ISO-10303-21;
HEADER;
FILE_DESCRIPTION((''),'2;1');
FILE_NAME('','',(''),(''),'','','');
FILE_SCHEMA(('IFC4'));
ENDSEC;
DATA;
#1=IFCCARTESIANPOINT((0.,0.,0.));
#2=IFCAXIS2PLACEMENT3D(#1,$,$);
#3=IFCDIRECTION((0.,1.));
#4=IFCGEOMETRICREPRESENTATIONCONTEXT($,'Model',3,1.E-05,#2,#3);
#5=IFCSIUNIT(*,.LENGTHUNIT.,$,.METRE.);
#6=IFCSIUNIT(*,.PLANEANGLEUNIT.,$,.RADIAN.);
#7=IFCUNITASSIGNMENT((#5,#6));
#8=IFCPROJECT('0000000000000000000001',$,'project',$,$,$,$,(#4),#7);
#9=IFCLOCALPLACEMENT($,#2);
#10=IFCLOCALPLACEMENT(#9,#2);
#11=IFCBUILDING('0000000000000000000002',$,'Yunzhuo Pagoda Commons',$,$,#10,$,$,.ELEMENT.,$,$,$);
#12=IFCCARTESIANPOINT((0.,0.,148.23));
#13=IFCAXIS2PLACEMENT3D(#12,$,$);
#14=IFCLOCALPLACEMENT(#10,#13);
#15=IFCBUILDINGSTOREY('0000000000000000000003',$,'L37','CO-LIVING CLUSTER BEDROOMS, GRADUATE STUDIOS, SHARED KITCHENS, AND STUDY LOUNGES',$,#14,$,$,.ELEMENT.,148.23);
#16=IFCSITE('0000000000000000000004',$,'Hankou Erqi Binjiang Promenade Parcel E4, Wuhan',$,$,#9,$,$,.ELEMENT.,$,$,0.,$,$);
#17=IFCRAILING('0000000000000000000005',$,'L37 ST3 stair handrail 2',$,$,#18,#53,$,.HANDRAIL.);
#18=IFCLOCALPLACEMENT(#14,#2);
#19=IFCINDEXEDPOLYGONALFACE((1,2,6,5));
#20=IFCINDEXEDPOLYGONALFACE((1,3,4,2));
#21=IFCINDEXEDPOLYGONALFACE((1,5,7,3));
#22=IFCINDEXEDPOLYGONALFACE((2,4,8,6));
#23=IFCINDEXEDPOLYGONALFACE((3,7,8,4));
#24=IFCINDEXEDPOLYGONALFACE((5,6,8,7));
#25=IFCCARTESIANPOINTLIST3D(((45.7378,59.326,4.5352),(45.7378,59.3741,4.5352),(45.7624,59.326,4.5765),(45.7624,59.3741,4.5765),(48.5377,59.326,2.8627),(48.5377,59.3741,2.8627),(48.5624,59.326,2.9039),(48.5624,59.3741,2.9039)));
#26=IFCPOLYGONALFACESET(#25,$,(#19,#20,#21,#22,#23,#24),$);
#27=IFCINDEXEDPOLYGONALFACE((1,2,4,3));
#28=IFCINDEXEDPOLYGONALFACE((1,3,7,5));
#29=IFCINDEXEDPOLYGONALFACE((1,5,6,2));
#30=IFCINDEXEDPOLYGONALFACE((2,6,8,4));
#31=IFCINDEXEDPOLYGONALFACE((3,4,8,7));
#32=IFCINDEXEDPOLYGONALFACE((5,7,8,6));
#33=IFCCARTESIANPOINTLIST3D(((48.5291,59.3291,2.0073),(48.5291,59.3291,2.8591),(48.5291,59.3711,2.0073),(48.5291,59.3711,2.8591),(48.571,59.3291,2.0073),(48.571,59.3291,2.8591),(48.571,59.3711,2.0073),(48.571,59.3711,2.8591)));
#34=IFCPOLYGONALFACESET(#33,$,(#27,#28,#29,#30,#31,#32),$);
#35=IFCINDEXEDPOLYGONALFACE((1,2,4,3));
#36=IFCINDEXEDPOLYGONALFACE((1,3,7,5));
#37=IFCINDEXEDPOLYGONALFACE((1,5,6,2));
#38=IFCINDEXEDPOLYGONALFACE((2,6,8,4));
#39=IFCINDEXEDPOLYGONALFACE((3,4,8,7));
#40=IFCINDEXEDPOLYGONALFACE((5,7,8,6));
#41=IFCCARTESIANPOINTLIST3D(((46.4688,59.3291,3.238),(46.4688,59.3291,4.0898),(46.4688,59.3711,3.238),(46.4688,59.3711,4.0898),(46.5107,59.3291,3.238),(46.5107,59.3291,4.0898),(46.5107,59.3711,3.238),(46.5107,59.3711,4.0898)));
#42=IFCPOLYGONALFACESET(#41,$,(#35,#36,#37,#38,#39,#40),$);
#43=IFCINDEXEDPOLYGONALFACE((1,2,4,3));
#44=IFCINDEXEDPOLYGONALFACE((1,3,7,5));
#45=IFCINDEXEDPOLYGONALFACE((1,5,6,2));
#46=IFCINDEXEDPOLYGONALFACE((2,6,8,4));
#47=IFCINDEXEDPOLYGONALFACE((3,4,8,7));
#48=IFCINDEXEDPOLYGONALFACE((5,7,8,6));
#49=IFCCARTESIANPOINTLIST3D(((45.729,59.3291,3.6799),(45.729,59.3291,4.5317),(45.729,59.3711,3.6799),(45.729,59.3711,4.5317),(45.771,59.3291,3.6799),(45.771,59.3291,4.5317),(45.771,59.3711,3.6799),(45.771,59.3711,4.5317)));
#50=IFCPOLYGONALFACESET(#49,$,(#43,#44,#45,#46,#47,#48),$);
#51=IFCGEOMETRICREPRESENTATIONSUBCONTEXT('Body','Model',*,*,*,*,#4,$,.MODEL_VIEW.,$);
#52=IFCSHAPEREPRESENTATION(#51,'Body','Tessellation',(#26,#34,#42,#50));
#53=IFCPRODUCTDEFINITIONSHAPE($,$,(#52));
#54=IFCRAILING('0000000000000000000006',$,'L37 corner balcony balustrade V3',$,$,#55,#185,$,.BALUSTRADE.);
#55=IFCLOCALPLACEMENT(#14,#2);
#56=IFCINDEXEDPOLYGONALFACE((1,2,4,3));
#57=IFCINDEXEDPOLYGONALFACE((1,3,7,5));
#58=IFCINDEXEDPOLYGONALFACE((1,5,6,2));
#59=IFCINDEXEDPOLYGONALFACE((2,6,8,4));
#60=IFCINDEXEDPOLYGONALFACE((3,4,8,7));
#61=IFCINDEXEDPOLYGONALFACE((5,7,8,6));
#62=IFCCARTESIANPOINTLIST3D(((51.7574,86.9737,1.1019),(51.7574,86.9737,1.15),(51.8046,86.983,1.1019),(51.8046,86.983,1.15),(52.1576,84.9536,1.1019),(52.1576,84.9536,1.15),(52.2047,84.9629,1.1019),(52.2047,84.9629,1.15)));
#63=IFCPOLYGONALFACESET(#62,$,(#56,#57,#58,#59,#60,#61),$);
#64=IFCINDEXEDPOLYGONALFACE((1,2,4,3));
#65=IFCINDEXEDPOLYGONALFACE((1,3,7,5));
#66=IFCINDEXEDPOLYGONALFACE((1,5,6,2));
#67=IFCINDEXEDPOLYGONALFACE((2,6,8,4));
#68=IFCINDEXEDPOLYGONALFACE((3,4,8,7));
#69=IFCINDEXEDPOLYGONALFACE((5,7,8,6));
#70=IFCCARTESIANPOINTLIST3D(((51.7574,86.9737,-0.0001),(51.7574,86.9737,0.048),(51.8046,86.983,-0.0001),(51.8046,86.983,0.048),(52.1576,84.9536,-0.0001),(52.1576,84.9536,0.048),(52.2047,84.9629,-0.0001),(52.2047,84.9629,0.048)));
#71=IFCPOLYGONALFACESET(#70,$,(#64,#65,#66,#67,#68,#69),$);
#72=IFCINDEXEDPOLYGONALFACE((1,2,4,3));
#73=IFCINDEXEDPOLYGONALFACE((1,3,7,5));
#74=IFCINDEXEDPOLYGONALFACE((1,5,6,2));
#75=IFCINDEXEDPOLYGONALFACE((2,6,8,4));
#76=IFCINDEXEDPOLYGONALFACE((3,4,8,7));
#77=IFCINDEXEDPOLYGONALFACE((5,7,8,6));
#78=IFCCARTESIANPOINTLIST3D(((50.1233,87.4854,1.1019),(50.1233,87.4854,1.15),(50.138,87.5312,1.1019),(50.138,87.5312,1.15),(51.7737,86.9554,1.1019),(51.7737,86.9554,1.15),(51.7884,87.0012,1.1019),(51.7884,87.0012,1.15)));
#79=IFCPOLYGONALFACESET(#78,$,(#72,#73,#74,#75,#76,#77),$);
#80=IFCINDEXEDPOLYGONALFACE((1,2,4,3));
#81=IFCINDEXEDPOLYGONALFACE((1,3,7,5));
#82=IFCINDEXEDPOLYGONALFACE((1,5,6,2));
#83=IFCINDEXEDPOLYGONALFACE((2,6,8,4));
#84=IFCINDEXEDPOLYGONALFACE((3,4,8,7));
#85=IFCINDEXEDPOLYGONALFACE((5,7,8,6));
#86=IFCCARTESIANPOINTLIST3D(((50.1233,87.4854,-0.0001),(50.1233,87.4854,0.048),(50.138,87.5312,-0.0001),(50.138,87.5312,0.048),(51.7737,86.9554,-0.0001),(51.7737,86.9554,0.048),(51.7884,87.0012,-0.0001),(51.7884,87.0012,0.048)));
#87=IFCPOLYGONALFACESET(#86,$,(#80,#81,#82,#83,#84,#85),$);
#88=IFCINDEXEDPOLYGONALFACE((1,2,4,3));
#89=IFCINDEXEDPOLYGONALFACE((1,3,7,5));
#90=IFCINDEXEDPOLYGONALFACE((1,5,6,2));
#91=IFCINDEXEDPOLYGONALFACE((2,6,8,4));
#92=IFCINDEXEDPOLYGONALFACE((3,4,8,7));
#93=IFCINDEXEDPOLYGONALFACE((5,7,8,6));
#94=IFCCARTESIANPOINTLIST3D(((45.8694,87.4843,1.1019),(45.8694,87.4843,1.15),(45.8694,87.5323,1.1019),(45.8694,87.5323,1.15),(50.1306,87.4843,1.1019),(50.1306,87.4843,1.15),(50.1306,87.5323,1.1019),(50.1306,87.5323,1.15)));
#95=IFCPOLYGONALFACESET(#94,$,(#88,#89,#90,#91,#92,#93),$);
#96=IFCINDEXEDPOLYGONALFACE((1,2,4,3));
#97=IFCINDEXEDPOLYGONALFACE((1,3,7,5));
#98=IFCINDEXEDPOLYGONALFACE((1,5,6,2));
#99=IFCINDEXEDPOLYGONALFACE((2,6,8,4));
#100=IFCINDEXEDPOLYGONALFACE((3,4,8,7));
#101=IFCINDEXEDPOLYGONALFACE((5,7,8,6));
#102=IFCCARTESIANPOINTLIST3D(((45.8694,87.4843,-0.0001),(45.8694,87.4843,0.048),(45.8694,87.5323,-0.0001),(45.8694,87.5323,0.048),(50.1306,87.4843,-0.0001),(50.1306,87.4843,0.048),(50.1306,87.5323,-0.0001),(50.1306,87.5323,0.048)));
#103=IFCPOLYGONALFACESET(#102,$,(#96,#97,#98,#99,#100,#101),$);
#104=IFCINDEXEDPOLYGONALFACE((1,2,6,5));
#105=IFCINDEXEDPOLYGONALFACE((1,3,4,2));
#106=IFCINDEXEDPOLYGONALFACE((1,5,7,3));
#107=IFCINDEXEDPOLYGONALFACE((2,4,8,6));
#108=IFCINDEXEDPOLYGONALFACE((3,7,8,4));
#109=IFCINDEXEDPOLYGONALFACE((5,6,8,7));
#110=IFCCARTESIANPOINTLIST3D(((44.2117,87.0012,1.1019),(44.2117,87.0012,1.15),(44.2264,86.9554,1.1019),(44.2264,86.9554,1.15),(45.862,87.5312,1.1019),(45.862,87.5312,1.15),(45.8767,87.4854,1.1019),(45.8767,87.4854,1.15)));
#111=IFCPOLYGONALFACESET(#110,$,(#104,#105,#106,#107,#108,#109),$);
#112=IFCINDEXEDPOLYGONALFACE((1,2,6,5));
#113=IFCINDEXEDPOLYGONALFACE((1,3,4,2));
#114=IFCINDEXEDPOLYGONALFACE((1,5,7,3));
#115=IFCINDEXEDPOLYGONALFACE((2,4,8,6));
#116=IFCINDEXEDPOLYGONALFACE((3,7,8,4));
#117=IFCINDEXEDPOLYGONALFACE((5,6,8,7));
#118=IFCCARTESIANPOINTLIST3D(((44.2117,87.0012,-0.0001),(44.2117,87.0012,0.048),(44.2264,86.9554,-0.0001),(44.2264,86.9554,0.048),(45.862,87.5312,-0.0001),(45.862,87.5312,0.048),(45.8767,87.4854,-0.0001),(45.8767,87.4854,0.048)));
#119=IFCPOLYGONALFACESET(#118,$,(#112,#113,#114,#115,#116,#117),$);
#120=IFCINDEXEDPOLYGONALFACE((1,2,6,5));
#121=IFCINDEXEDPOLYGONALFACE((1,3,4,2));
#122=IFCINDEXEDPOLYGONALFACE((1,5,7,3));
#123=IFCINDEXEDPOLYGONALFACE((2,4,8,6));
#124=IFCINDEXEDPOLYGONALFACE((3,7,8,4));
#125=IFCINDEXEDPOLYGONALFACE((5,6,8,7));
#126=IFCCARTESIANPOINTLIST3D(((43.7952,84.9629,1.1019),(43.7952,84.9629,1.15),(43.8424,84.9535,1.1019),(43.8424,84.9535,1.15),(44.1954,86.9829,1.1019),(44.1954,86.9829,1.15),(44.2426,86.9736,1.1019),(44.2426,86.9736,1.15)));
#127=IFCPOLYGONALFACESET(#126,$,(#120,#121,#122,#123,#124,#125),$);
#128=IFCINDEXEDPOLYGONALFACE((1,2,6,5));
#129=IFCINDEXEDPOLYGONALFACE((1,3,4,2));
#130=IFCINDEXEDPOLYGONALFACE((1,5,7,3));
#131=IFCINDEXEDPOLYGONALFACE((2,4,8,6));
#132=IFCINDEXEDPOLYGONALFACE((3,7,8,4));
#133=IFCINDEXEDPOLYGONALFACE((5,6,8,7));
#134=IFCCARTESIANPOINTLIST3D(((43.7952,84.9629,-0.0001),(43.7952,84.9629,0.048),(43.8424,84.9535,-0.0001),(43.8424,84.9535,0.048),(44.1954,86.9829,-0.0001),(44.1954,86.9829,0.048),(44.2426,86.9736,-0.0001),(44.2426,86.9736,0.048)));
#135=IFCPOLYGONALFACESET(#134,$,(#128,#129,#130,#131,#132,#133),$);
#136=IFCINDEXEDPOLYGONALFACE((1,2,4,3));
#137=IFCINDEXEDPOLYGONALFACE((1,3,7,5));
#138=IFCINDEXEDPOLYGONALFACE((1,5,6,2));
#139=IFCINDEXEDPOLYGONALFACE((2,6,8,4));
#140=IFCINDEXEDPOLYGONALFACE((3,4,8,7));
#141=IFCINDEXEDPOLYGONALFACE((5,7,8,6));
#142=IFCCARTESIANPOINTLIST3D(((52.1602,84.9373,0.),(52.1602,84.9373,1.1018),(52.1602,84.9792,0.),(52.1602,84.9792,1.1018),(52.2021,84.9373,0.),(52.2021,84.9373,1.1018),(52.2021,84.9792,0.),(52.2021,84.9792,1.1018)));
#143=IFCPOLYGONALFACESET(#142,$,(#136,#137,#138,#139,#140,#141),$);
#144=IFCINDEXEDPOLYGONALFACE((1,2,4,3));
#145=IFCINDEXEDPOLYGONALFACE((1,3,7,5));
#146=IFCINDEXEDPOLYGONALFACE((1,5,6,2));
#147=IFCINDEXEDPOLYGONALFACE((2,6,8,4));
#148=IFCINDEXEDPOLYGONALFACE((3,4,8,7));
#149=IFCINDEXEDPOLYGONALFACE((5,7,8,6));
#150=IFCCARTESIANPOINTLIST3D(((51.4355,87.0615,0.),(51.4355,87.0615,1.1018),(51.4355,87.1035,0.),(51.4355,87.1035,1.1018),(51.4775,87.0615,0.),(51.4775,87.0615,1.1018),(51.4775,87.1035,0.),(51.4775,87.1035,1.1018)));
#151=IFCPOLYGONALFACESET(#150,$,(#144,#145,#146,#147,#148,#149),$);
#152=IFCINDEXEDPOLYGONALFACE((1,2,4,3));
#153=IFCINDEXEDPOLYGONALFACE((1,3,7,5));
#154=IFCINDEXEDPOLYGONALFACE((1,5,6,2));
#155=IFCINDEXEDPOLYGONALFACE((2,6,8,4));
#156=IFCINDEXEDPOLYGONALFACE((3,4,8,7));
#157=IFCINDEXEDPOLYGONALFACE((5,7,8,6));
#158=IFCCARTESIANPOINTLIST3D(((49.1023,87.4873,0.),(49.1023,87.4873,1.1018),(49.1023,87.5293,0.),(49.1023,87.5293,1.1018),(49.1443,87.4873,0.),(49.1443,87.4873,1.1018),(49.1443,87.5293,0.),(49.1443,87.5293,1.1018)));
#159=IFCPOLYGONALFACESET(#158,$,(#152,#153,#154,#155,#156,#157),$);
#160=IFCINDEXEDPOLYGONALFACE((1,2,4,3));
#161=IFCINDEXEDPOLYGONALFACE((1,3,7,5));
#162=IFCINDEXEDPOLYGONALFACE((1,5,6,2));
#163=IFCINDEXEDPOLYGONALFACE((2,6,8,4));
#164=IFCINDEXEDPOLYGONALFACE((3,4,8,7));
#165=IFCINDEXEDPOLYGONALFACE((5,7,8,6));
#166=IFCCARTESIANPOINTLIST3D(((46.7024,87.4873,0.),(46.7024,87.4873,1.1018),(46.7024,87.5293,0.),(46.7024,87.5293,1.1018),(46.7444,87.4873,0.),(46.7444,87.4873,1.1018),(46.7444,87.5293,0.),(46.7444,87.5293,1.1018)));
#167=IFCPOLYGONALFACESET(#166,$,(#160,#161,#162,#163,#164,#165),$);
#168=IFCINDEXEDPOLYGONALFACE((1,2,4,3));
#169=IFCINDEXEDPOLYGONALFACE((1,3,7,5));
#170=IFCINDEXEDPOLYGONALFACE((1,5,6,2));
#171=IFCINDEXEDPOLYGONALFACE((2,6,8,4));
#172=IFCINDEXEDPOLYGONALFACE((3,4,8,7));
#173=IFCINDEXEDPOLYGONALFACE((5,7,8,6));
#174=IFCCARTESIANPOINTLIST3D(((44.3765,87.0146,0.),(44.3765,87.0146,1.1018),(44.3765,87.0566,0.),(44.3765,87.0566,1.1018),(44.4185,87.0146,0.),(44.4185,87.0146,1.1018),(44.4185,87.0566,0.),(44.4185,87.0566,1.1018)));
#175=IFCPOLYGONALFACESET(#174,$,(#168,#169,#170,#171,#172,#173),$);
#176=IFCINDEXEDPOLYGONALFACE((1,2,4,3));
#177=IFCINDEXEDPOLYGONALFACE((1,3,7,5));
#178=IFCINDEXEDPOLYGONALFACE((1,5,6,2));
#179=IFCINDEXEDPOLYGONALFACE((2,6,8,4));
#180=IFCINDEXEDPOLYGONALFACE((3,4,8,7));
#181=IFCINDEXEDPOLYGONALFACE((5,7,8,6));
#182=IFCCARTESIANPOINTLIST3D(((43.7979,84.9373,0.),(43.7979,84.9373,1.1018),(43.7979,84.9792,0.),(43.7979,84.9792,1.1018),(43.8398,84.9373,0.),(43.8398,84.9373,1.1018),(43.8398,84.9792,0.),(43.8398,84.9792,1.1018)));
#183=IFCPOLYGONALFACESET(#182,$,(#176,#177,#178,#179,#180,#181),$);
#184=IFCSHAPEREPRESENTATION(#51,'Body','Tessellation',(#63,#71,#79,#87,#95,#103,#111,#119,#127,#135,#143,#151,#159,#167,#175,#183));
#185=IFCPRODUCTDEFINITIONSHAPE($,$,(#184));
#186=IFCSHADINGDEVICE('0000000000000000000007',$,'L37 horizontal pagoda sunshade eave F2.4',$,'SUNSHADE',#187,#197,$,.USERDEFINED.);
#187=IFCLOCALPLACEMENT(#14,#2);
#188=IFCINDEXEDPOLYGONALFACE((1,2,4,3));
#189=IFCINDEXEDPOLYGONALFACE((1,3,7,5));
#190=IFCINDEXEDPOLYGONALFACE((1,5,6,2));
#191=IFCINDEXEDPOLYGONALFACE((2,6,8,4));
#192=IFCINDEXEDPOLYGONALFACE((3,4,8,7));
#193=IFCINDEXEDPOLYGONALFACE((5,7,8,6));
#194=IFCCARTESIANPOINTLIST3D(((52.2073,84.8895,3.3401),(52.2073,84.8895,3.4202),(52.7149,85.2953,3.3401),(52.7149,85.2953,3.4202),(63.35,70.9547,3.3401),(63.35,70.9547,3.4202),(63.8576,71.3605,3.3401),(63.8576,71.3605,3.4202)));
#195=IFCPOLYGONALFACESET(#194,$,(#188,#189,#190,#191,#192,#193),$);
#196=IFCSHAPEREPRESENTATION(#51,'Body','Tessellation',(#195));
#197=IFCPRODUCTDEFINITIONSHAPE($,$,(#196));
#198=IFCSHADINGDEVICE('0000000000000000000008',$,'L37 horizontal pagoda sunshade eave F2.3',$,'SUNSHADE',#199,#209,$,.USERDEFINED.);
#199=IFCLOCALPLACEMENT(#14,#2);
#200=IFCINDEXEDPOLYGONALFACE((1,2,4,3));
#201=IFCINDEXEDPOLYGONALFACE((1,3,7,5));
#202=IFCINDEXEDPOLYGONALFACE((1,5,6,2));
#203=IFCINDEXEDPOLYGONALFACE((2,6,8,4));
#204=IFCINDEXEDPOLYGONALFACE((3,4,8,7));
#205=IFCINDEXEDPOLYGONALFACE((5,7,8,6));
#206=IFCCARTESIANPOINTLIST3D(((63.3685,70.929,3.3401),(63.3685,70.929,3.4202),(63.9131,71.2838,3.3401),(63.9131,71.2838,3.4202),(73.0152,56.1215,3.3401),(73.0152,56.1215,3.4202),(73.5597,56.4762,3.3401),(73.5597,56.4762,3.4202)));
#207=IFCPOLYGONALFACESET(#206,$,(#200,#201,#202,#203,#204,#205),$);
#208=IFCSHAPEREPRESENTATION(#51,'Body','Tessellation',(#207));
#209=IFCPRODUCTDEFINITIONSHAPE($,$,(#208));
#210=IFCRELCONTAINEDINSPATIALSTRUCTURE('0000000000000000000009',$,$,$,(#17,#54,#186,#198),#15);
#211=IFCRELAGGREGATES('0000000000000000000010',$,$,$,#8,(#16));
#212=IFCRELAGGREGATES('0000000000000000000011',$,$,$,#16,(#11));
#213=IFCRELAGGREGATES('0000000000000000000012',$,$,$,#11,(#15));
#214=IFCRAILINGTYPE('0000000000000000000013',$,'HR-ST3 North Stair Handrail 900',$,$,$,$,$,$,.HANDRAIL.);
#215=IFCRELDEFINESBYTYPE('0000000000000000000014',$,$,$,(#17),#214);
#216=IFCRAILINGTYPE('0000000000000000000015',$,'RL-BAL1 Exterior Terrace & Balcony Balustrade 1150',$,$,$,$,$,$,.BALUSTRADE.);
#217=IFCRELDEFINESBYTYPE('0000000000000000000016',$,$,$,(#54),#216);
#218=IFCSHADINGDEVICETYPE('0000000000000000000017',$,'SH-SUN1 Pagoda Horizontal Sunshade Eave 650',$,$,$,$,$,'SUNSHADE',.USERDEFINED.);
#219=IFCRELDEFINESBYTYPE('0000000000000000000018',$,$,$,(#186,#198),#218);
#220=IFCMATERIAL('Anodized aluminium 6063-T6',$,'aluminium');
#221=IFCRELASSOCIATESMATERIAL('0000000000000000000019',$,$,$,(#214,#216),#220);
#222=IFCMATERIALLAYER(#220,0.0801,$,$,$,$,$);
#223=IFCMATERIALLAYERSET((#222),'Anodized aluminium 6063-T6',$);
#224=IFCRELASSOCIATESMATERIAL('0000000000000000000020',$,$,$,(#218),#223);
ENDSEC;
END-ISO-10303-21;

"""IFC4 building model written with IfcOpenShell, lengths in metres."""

from ifc_helpers import new_model, si_unit, direction, frame, origin, origin_2d, place, context, subcontext, project, spatial, rectangle, extrude, source, transform, mapped, material, layer, layer_set, type_object, element, save


model = new_model("IFC4")

# Units and contexts
model_context = context("Model", 3, precision=1e-05, world=origin(), true_north=direction((0.0, 1.0)))
body_context = subcontext(model_context, "Body", "Model", "MODEL_VIEW")
ifc_project = project(units=[si_unit("LENGTHUNIT", "METRE"), si_unit("PLANEANGLEUNIT", "RADIAN")], contexts=[model_context])

# Site, building, storey
site_placement = place(None, origin())
site = spatial("IfcSite", under=ifc_project, at=site_placement, Name="Hankou Erqi Binjiang Promenade Parcel E4, Wuhan", CompositionType="ELEMENT", RefElevation=0.0)
building_placement = place(site_placement, origin())
building = spatial("IfcBuilding", under=site, at=building_placement, Name="Yunzhuo Pagoda Commons", CompositionType="ELEMENT")
storey_placement = place(building_placement, frame((0.0, 0.0, 148.23)))
storey = spatial("IfcBuildingStorey", under=building, at=storey_placement, Name="L37", Description="CO-LIVING CLUSTER BEDROOMS, GRADUATE STUDIOS, SHARED KITCHENS, AND STUDY LOUNGES", CompositionType="ELEMENT", Elevation=148.23)

# Shared definitions
ifc_material_1 = material(Name="Anodized aluminium 6063-T6", Category="aluminium")

# Railings
railing_type_1 = type_object("IfcRailingType", Name="HR-ST3 North Stair Handrail 900", PredefinedType="HANDRAIL", material=ifc_material_1)
railing_1_placement = place(storey_placement, frame((48.55, 59.3501, 2.0073)))
element("IfcRailing", 1, at=railing_1_placement, inside=storey, type_object=railing_type_1, Name="L37 ST3 stair handrail 2", PredefinedType="HANDRAIL", context=body_context, shape_type="SweptSolid", body=[
    extrude(rectangle(XDim=0.0481, YDim=0.0481, at=origin_2d()), frame((0.0, 0.0, 0.876), z_axis=(-0.858495, 0.0, 0.512822), x_axis=(0.0, -1.0, 0.0)), (0.0, 0.0, 1.0), 3.2615),
    extrude(rectangle(XDim=0.042, YDim=0.042, at=origin_2d()), origin(), (0.0, 0.0, 1.0), 0.8518),
    extrude(rectangle(XDim=0.042, YDim=0.042, at=origin_2d()), frame((-2.0603, 0.0, 1.2307)), (0.0, 0.0, 1.0), 0.8518),
    extrude(rectangle(XDim=0.042, YDim=0.042, at=origin_2d()), frame((-2.8, 0.0, 1.6726)), (0.0, 0.0, 1.0), 0.8518),
])
railing_type_2 = type_object("IfcRailingType", Name="RL-BAL1 Exterior Terrace & Balcony Balustrade 1150", PredefinedType="BALUSTRADE", material=ifc_material_1)
railing_2_placement = place(storey_placement, frame((52.1812, 84.9583, 0.0)))
element("IfcRailing", 2, at=railing_2_placement, inside=storey, type_object=railing_type_2, Name="L37 corner balcony balustrade V3", PredefinedType="BALUSTRADE", context=body_context, shape_type="SweptSolid", body=[
    extrude(rectangle(XDim=0.0481, YDim=0.0481, at=origin_2d()), frame((0.0, 0.0, 1.126), z_axis=(-0.194315, 0.980939, 0.0), x_axis=(-0.980939, -0.194315, 0.0)), (0.0, 0.0, 1.0), 2.0593),
    extrude(rectangle(XDim=0.0481, YDim=0.0481, at=origin_2d()), frame((0.0, 0.0, 0.0239), z_axis=(-0.194315, 0.980939, 0.0), x_axis=(-0.980939, -0.194315, 0.0)), (0.0, 0.0, 1.0), 2.0593),
    extrude(rectangle(XDim=0.0481, YDim=0.0481, at=origin_2d()), frame((-0.4001, 2.02, 1.126), z_axis=(-0.952105, 0.305772, 0.0), x_axis=(-0.305772, -0.952105, 0.0)), (0.0, 0.0, 1.0), 1.7334),
    extrude(rectangle(XDim=0.0481, YDim=0.0481, at=origin_2d()), frame((-0.4001, 2.02, 0.0239), z_axis=(-0.952105, 0.305772, 0.0), x_axis=(-0.305772, -0.952105, 0.0)), (0.0, 0.0, 1.0), 1.7334),
    extrude(rectangle(XDim=0.0481, YDim=0.0481, at=origin_2d()), frame((-2.0505, 2.55, 1.126), z_axis=(-1.0, 0.0, 0.0), x_axis=(0.0, -1.0, 0.0)), (0.0, 0.0, 1.0), 4.2612),
    extrude(rectangle(XDim=0.0481, YDim=0.0481, at=origin_2d()), frame((-2.0505, 2.55, 0.0239), z_axis=(-1.0, 0.0, 0.0), x_axis=(0.0, -1.0, 0.0)), (0.0, 0.0, 1.0), 4.2612),
    extrude(rectangle(XDim=0.0481, YDim=0.0481, at=origin_2d()), frame((-6.3118, 2.55, 1.126), z_axis=(-0.952105, -0.305772, 0.0), x_axis=(0.305772, -0.952105, 0.0)), (0.0, 0.0, 1.0), 1.7334),
    extrude(rectangle(XDim=0.0481, YDim=0.0481, at=origin_2d()), frame((-6.3118, 2.55, 0.0239), z_axis=(-0.952105, -0.305772, 0.0), x_axis=(0.305772, -0.952105, 0.0)), (0.0, 0.0, 1.0), 1.7334),
    extrude(rectangle(XDim=0.0481, YDim=0.0481, at=origin_2d()), frame((-7.9622, 2.02, 1.126), z_axis=(-0.194315, -0.980939, 0.0), x_axis=(0.980939, -0.194315, 0.0)), (0.0, 0.0, 1.0), 2.0593),
    extrude(rectangle(XDim=0.0481, YDim=0.0481, at=origin_2d()), frame((-7.9622, 2.02, 0.0239), z_axis=(-0.194315, -0.980939, 0.0), x_axis=(0.980939, -0.194315, 0.0)), (0.0, 0.0, 1.0), 2.0593),
    extrude(rectangle(XDim=0.042, YDim=0.042, at=origin_2d()), origin(), (0.0, 0.0, 1.0), 1.1018),
    extrude(rectangle(XDim=0.042, YDim=0.042, at=origin_2d()), frame((-0.7246, 2.1243, 0.0)), (0.0, 0.0, 1.0), 1.1018),
    extrude(rectangle(XDim=0.042, YDim=0.042, at=origin_2d()), frame((-3.0579, 2.55, 0.0)), (0.0, 0.0, 1.0), 1.1018),
    extrude(rectangle(XDim=0.042, YDim=0.042, at=origin_2d()), frame((-5.4578, 2.55, 0.0)), (0.0, 0.0, 1.0), 1.1018),
    extrude(rectangle(XDim=0.042, YDim=0.042, at=origin_2d()), frame((-7.7837, 2.0774, 0.0)), (0.0, 0.0, 1.0), 1.1018),
    extrude(rectangle(XDim=0.042, YDim=0.042, at=origin_2d()), frame((-8.3623, 0.0, 0.0)), (0.0, 0.0, 1.0), 1.1018),
])

# Shading devices
ifc_layer_1 = layer(ifc_material_1, 0.0801)
ifc_layer_set_1 = layer_set([ifc_layer_1], Name="Anodized aluminium 6063-T6")
shading_device_type = type_object("IfcShadingDeviceType", Name="SH-SUN1 Pagoda Horizontal Sunshade Eave 650", ElementType="SUNSHADE", PredefinedType="USERDEFINED", material=ifc_layer_set_1)
shared_shape_1 = source(origin(), body_context, "Body", "SweptSolid", [
    extrude(rectangle(XDim=17.842, YDim=0.6499, at=origin_2d()), origin(), (0.0, 0.0, 1.0), 0.0801),
])
shading_device_1_placement = place(storey_placement, frame((58.0325, 78.125, 3.3401), z_axis=(0.0, 0.0, 1.0), x_axis=(-0.62452, 0.781008, 0.0)))
element("IfcShadingDevice", 3, at=shading_device_1_placement, inside=storey, type_object=shading_device_type, Name="L37 horizontal pagoda sunshade eave F2.4", ObjectType="SUNSHADE", PredefinedType="USERDEFINED", context=body_context, shape_type="MappedRepresentation", body=[
    mapped(shared_shape_1, transform((0.0, 0.0, 0.0), scale=1.0)),
])
shared_shape_2 = source(origin(), body_context, "Body", "SweptSolid", [
    extrude(rectangle(XDim=17.6726, YDim=0.6499, at=origin_2d()), origin(), (0.0, 0.0, 1.0), 0.0801),
])
shading_device_2_placement = place(storey_placement, frame((68.4641, 63.7026, 3.3401), z_axis=(0.0, 0.0, 1.0), x_axis=(-0.545853, 0.837881, 0.0)))
element("IfcShadingDevice", 4, at=shading_device_2_placement, inside=storey, type_object=shading_device_type, Name="L37 horizontal pagoda sunshade eave F2.3", ObjectType="SUNSHADE", PredefinedType="USERDEFINED", context=body_context, shape_type="MappedRepresentation", body=[
    mapped(shared_shape_2, transform((0.0, 0.0, 0.0), scale=1.0)),
])

save(model, "model.ifc")
